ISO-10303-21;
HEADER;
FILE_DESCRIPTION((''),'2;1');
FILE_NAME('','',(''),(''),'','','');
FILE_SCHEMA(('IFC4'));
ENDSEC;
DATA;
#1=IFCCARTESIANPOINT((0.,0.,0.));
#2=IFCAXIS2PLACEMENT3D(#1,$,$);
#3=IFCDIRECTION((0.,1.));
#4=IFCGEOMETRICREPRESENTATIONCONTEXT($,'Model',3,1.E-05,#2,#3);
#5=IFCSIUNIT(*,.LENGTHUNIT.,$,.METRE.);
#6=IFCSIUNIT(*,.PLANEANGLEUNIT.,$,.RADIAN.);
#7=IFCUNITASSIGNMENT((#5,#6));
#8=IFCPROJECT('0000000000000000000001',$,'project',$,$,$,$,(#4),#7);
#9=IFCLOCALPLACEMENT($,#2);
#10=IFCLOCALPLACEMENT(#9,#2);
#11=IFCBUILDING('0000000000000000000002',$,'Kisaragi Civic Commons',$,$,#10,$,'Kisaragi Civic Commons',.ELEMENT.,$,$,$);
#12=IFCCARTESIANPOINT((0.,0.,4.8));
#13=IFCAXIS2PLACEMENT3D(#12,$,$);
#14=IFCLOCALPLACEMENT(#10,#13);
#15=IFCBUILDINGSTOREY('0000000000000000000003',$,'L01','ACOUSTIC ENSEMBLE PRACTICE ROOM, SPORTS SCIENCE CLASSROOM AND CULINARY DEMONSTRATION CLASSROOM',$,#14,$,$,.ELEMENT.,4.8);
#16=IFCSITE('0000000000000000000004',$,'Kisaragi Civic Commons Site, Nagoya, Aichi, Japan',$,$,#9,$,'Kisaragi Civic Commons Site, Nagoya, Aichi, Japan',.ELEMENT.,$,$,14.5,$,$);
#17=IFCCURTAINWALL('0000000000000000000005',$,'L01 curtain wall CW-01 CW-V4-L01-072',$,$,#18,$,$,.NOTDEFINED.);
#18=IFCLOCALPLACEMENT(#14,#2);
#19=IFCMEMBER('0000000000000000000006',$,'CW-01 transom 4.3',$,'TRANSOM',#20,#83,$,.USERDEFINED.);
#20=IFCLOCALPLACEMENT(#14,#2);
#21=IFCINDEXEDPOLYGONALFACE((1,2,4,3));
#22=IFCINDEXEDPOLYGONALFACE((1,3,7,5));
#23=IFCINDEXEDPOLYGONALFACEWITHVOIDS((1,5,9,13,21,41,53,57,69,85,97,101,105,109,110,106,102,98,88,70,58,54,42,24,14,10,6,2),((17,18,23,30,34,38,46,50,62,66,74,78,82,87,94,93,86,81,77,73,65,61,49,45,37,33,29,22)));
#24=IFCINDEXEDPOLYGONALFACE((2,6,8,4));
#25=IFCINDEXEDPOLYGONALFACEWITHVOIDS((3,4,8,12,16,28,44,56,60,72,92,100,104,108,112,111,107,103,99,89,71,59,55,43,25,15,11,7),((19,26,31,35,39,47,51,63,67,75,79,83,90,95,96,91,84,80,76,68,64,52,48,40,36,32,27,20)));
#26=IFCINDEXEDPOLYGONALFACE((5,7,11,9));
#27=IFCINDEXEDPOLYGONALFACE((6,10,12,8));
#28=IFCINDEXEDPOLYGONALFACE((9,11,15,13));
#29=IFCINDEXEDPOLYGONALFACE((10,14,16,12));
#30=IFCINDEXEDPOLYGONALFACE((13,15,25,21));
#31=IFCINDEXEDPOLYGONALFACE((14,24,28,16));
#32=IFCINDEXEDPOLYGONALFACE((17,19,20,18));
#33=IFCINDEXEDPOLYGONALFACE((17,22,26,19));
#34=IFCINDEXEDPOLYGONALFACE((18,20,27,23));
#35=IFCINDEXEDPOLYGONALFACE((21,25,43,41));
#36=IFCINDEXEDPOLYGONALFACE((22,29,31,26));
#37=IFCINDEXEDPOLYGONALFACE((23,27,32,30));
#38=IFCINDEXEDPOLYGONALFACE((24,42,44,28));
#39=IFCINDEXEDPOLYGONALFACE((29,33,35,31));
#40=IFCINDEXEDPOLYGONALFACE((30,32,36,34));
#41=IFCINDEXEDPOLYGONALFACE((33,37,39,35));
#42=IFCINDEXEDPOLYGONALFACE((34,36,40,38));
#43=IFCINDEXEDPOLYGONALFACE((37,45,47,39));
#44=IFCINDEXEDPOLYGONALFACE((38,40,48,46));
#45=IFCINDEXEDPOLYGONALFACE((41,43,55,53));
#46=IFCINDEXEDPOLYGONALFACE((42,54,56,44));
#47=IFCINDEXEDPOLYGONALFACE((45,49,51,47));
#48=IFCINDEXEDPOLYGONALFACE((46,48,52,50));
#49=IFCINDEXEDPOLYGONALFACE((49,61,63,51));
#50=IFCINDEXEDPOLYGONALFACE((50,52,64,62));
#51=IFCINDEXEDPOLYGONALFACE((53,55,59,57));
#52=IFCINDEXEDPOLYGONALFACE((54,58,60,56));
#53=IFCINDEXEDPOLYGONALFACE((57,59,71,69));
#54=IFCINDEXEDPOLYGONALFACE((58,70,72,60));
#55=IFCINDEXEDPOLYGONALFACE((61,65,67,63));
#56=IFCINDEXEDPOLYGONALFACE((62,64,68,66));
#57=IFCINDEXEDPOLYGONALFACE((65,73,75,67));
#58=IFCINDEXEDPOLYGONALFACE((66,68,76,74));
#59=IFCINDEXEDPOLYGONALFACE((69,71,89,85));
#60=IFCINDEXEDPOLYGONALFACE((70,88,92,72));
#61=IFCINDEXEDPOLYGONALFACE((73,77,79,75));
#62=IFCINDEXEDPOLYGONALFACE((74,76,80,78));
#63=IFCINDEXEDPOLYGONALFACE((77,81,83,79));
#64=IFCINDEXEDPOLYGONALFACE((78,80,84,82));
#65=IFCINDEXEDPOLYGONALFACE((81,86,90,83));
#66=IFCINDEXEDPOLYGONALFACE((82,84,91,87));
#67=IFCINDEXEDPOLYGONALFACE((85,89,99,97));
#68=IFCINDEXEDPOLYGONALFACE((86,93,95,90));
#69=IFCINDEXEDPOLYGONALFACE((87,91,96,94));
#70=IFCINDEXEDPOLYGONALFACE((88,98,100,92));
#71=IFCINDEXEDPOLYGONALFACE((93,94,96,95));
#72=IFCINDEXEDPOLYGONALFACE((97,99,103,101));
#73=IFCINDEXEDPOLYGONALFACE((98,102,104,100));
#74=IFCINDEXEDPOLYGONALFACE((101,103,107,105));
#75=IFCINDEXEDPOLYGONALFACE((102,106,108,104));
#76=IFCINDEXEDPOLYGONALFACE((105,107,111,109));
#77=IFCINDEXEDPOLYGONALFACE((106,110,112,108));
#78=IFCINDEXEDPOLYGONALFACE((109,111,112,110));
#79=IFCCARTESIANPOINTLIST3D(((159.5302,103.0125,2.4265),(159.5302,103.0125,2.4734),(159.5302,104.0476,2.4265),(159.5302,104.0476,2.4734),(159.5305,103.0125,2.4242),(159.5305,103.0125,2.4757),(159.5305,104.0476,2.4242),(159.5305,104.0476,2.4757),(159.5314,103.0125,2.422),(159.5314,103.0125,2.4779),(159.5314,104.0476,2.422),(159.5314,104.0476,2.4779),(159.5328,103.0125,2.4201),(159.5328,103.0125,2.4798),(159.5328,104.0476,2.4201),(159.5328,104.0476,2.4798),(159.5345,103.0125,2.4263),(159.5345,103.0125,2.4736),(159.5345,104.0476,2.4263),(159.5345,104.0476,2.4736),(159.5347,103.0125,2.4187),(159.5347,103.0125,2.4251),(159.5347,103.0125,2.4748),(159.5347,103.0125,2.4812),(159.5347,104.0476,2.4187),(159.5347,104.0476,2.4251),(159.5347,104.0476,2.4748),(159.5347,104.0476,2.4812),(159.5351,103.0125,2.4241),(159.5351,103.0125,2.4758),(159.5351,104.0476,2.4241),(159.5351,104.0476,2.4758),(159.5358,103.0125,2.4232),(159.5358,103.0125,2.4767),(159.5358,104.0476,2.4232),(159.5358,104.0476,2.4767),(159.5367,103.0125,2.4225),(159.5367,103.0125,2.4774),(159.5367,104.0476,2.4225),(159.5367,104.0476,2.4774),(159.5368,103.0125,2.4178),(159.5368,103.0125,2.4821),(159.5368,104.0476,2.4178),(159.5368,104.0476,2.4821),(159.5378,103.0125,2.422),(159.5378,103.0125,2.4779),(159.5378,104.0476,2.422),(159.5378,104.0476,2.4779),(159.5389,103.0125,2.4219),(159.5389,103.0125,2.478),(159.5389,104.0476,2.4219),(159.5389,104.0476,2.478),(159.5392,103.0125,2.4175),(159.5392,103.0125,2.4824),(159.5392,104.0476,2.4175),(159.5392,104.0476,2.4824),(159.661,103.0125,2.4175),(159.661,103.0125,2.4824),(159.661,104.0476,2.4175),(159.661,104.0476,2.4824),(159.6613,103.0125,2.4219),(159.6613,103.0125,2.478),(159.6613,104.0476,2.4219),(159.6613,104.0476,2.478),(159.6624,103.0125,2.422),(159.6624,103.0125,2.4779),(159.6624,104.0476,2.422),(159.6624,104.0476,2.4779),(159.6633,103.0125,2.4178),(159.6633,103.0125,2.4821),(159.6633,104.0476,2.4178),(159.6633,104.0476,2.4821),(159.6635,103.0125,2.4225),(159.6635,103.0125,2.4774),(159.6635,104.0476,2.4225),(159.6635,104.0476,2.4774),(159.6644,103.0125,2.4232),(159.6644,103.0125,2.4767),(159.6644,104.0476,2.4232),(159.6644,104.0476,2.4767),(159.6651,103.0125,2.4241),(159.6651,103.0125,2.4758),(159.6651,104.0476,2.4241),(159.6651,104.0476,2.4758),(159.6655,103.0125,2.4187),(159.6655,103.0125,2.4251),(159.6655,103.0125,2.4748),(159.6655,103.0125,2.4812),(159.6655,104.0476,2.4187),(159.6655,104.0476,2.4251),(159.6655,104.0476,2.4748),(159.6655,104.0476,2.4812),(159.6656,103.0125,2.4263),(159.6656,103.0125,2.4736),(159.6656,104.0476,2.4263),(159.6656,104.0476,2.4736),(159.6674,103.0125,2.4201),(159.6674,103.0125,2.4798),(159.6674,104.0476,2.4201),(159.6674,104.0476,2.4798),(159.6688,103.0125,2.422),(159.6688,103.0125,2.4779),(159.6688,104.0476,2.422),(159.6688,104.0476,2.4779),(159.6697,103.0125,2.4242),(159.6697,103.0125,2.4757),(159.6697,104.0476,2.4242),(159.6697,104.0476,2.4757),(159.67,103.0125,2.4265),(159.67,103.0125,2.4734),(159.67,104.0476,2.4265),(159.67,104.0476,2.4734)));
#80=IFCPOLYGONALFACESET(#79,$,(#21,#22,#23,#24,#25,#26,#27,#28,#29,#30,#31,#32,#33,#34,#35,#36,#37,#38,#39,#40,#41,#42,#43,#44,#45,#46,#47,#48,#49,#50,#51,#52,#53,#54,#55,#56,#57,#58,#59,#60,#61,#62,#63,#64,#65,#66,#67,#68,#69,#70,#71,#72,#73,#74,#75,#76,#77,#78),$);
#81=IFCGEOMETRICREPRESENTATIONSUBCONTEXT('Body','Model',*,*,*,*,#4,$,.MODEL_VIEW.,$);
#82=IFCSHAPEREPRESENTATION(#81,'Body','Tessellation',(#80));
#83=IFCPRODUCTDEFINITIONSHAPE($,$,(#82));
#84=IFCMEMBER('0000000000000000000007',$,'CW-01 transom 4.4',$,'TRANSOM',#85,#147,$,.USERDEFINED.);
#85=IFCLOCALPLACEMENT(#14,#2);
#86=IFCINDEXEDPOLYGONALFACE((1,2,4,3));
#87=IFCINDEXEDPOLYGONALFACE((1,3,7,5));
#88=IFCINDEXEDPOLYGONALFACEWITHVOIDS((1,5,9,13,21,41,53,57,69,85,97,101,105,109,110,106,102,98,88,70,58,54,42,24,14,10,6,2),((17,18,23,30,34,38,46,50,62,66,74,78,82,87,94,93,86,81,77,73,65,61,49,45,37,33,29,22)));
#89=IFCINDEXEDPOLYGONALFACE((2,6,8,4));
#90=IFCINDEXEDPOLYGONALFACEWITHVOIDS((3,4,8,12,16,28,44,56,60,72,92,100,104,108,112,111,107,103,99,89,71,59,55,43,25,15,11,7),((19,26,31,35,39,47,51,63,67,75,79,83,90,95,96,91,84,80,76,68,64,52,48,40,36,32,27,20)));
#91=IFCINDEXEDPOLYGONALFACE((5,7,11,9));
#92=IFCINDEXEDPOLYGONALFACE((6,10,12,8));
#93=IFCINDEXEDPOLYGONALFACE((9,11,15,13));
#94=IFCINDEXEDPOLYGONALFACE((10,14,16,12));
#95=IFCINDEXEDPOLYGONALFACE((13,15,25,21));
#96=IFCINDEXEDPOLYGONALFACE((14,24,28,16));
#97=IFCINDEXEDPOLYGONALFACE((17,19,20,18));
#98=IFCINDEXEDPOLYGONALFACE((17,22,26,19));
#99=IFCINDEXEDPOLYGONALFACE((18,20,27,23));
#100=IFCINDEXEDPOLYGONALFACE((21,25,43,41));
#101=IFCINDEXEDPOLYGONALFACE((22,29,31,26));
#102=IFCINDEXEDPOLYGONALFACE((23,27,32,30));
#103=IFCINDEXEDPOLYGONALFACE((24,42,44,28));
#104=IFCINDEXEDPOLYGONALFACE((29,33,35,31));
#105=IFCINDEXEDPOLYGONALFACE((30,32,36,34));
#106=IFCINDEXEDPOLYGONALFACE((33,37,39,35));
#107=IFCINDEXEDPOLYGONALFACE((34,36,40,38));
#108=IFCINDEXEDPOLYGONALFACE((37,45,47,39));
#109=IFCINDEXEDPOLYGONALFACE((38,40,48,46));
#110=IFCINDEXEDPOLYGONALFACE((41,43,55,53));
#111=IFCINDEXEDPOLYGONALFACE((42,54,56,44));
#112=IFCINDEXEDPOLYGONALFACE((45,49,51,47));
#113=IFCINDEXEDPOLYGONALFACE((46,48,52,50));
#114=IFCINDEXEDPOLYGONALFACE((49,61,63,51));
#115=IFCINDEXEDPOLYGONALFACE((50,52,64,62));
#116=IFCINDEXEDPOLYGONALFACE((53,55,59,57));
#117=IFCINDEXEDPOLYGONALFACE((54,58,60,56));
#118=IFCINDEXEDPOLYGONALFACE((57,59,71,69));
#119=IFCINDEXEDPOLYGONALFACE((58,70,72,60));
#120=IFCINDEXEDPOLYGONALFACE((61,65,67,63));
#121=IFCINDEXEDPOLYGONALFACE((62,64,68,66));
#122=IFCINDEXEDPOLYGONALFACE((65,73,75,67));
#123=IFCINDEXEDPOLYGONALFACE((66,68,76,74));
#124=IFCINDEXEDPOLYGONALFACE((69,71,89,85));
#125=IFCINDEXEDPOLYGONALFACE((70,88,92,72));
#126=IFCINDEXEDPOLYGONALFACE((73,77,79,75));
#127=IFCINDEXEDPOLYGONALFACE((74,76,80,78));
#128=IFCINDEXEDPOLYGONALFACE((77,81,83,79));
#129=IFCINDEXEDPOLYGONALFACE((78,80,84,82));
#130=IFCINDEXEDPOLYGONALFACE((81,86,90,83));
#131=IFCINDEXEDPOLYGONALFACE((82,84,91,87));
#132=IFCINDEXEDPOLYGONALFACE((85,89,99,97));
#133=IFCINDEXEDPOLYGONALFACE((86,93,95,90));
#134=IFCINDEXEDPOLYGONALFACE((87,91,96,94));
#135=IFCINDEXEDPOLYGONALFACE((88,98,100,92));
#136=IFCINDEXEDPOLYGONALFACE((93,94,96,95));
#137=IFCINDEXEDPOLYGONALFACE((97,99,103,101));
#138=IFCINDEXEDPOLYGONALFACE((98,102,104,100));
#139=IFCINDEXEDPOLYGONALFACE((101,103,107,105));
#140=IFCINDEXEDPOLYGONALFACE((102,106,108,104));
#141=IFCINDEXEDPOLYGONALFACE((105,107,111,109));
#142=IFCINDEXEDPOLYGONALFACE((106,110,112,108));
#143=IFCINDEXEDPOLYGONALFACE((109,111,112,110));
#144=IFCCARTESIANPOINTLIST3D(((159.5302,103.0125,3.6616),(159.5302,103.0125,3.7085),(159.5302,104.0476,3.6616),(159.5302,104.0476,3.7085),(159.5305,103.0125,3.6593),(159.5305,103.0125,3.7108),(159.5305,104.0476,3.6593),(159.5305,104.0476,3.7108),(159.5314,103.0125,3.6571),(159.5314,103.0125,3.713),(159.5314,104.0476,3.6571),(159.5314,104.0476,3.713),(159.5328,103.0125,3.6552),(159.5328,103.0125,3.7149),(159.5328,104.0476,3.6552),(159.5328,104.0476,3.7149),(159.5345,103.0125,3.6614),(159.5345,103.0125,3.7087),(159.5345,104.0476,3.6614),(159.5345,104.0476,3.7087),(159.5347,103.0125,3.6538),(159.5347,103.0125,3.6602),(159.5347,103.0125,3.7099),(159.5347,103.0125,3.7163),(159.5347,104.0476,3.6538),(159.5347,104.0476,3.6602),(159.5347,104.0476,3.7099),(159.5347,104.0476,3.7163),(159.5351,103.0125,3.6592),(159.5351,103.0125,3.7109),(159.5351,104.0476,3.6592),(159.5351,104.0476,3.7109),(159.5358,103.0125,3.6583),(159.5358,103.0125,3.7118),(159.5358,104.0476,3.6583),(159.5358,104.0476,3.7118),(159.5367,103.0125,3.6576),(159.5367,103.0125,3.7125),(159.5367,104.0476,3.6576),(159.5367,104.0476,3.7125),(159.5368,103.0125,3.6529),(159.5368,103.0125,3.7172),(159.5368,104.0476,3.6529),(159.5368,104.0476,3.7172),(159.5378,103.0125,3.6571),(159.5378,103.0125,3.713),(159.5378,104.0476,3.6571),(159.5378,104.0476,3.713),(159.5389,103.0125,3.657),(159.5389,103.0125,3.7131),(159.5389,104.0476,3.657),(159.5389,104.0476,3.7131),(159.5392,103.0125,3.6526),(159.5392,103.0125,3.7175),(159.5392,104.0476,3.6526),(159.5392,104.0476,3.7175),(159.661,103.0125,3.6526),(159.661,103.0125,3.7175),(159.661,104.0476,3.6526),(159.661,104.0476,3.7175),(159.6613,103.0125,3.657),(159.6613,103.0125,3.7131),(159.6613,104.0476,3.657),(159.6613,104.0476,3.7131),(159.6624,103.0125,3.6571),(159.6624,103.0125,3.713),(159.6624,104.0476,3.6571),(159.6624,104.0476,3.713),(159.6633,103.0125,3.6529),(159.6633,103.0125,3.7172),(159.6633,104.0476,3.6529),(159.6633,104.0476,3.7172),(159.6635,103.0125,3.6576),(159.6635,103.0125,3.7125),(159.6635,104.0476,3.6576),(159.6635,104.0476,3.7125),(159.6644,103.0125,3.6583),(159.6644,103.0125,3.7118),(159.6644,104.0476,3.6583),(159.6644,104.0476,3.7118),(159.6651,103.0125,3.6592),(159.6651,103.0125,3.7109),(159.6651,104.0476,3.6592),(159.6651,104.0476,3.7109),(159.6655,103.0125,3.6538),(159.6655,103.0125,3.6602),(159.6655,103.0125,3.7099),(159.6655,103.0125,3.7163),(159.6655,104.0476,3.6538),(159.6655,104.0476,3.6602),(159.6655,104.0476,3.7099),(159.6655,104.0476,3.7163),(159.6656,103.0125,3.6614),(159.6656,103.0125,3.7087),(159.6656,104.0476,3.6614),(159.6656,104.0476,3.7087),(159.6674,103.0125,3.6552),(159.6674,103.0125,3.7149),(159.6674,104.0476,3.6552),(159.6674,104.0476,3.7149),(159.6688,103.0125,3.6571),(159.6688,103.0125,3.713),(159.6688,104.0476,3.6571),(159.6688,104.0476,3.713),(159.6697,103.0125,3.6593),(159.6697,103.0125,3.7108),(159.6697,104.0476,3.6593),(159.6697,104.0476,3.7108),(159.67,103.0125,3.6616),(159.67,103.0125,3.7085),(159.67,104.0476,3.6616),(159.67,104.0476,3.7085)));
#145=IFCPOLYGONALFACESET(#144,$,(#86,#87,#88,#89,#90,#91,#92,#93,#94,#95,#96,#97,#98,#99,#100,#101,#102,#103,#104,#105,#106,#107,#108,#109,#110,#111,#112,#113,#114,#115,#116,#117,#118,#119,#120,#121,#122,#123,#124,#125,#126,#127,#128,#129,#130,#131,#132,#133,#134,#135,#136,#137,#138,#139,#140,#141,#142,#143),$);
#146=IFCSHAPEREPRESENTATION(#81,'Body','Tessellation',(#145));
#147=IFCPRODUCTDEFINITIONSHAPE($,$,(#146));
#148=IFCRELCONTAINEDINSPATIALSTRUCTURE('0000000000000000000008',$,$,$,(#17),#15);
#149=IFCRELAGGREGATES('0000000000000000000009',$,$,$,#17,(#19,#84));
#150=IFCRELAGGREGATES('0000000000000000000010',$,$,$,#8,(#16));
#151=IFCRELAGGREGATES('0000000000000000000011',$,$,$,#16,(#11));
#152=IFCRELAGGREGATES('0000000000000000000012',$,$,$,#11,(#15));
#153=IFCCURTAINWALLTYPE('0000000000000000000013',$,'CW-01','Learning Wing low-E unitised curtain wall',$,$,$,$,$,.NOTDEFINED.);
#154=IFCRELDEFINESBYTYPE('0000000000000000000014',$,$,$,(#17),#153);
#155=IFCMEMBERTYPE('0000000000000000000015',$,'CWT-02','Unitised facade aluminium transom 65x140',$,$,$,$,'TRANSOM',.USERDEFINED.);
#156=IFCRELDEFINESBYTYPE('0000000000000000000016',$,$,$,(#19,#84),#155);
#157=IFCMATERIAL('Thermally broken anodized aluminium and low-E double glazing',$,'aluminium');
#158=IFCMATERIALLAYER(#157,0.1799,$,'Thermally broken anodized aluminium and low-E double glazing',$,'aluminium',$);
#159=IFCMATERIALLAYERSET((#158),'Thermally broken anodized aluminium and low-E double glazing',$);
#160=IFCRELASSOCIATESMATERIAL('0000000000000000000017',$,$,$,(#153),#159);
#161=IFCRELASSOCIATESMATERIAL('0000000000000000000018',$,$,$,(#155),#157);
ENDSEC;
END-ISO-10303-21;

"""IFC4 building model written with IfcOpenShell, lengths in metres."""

from ifc_helpers import new_model, si_unit, direction, frame, origin, origin_2d, place, context, subcontext, project, spatial, hollow_rectangle, extrude, material, layer, layer_set, material_profile, profile_set, type_object, element, aggregate, save


model = new_model("IFC4")

# Units and contexts
model_context = context("Model", 3, precision=1e-05, world=origin(), true_north=direction((0.0, 1.0)))
body_context = subcontext(model_context, "Body", "Model", "MODEL_VIEW")
ifc_project = project(units=[si_unit("LENGTHUNIT", "METRE"), si_unit("PLANEANGLEUNIT", "RADIAN")], contexts=[model_context])

# Site, building, storey
site_placement = place(None, origin())
site = spatial("IfcSite", under=ifc_project, at=site_placement, Name="Kisaragi Civic Commons Site, Nagoya, Aichi, Japan", LongName="Kisaragi Civic Commons Site, Nagoya, Aichi, Japan", CompositionType="ELEMENT", RefElevation=14.5)
building_placement = place(site_placement, origin())
building = spatial("IfcBuilding", under=site, at=building_placement, Name="Kisaragi Civic Commons", LongName="Kisaragi Civic Commons", CompositionType="ELEMENT")
storey_placement = place(building_placement, frame((0.0, 0.0, 4.8)))
storey = spatial("IfcBuildingStorey", under=building, at=storey_placement, Name="L01", Description="ACOUSTIC ENSEMBLE PRACTICE ROOM, SPORTS SCIENCE CLASSROOM AND CULINARY DEMONSTRATION CLASSROOM", CompositionType="ELEMENT", Elevation=4.8)

# Curtain wall, members
ifc_material = material(Name="Thermally broken anodized aluminium and low-E double glazing", Category="aluminium")
ifc_layer_1 = layer(ifc_material, 0.1799, Name="Thermally broken anodized aluminium and low-E double glazing", Category="aluminium")
ifc_layer_set_1 = layer_set([ifc_layer_1], Name="Thermally broken anodized aluminium and low-E double glazing")
curtain_wall_type = type_object("IfcCurtainWallType", Name="CW-01", Description="Learning Wing low-E unitised curtain wall", PredefinedType="NOTDEFINED", material=ifc_layer_set_1)
curtain_wall_placement = place(storey_placement, origin())
curtain_wall = element("IfcCurtainWall", 1, at=curtain_wall_placement, inside=storey, type_object=curtain_wall_type, Name="L01 curtain wall CW-01 CW-V4-L01-072", PredefinedType="NOTDEFINED")
ifc_material_profile_1 = material_profile(ifc_material, hollow_rectangle(XDim=0.1399, YDim=0.0649, WallThickness=0.0044, InnerFilletRadius=0.0044, OuterFilletRadius=0.009, at=origin_2d()), Name="CWT-65x140x4.5", Category="aluminium")
ifc_profile_set_1 = profile_set([ifc_material_profile_1], Name="Thermally broken anodized aluminium and low-E double glazing")
member_type_1 = type_object("IfcMemberType", Name="CWT-02", Description="Unitised facade aluminium transom 65x140", ElementType="TRANSOM", PredefinedType="USERDEFINED", material=ifc_profile_set_1)
member_1_placement = place(storey_placement, frame((159.6001, 104.0476, 2.45), z_axis=(0.0, -1.0, 0.0), x_axis=(1.0, 0.0, 0.0)))
member_1 = element("IfcMember", 2, at=member_1_placement, type_object=member_type_1, Name="CW-01 transom 4.3", ObjectType="TRANSOM", PredefinedType="USERDEFINED", context=body_context, shape_type="SweptSolid", body=[
    extrude(hollow_rectangle(XDim=0.1399, YDim=0.0649, WallThickness=0.0044, InnerFilletRadius=0.0044, OuterFilletRadius=0.009, at=origin_2d()), origin(), (0.0, 0.0, 1.0), 1.0352),
])
member_2_placement = place(storey_placement, frame((159.6001, 104.0476, 3.6851), z_axis=(0.0, -1.0, 0.0), x_axis=(1.0, 0.0, 0.0)))
member_2 = element("IfcMember", 3, at=member_2_placement, type_object=member_type_1, Name="CW-01 transom 4.4", ObjectType="TRANSOM", PredefinedType="USERDEFINED", context=body_context, shape_type="SweptSolid", body=[
    extrude(hollow_rectangle(XDim=0.1399, YDim=0.0649, WallThickness=0.0044, InnerFilletRadius=0.0044, OuterFilletRadius=0.009, at=origin_2d()), origin(), (0.0, 0.0, 1.0), 1.0352),
])
aggregate(curtain_wall, [member_1, member_2])

save(model, "model.ifc")
